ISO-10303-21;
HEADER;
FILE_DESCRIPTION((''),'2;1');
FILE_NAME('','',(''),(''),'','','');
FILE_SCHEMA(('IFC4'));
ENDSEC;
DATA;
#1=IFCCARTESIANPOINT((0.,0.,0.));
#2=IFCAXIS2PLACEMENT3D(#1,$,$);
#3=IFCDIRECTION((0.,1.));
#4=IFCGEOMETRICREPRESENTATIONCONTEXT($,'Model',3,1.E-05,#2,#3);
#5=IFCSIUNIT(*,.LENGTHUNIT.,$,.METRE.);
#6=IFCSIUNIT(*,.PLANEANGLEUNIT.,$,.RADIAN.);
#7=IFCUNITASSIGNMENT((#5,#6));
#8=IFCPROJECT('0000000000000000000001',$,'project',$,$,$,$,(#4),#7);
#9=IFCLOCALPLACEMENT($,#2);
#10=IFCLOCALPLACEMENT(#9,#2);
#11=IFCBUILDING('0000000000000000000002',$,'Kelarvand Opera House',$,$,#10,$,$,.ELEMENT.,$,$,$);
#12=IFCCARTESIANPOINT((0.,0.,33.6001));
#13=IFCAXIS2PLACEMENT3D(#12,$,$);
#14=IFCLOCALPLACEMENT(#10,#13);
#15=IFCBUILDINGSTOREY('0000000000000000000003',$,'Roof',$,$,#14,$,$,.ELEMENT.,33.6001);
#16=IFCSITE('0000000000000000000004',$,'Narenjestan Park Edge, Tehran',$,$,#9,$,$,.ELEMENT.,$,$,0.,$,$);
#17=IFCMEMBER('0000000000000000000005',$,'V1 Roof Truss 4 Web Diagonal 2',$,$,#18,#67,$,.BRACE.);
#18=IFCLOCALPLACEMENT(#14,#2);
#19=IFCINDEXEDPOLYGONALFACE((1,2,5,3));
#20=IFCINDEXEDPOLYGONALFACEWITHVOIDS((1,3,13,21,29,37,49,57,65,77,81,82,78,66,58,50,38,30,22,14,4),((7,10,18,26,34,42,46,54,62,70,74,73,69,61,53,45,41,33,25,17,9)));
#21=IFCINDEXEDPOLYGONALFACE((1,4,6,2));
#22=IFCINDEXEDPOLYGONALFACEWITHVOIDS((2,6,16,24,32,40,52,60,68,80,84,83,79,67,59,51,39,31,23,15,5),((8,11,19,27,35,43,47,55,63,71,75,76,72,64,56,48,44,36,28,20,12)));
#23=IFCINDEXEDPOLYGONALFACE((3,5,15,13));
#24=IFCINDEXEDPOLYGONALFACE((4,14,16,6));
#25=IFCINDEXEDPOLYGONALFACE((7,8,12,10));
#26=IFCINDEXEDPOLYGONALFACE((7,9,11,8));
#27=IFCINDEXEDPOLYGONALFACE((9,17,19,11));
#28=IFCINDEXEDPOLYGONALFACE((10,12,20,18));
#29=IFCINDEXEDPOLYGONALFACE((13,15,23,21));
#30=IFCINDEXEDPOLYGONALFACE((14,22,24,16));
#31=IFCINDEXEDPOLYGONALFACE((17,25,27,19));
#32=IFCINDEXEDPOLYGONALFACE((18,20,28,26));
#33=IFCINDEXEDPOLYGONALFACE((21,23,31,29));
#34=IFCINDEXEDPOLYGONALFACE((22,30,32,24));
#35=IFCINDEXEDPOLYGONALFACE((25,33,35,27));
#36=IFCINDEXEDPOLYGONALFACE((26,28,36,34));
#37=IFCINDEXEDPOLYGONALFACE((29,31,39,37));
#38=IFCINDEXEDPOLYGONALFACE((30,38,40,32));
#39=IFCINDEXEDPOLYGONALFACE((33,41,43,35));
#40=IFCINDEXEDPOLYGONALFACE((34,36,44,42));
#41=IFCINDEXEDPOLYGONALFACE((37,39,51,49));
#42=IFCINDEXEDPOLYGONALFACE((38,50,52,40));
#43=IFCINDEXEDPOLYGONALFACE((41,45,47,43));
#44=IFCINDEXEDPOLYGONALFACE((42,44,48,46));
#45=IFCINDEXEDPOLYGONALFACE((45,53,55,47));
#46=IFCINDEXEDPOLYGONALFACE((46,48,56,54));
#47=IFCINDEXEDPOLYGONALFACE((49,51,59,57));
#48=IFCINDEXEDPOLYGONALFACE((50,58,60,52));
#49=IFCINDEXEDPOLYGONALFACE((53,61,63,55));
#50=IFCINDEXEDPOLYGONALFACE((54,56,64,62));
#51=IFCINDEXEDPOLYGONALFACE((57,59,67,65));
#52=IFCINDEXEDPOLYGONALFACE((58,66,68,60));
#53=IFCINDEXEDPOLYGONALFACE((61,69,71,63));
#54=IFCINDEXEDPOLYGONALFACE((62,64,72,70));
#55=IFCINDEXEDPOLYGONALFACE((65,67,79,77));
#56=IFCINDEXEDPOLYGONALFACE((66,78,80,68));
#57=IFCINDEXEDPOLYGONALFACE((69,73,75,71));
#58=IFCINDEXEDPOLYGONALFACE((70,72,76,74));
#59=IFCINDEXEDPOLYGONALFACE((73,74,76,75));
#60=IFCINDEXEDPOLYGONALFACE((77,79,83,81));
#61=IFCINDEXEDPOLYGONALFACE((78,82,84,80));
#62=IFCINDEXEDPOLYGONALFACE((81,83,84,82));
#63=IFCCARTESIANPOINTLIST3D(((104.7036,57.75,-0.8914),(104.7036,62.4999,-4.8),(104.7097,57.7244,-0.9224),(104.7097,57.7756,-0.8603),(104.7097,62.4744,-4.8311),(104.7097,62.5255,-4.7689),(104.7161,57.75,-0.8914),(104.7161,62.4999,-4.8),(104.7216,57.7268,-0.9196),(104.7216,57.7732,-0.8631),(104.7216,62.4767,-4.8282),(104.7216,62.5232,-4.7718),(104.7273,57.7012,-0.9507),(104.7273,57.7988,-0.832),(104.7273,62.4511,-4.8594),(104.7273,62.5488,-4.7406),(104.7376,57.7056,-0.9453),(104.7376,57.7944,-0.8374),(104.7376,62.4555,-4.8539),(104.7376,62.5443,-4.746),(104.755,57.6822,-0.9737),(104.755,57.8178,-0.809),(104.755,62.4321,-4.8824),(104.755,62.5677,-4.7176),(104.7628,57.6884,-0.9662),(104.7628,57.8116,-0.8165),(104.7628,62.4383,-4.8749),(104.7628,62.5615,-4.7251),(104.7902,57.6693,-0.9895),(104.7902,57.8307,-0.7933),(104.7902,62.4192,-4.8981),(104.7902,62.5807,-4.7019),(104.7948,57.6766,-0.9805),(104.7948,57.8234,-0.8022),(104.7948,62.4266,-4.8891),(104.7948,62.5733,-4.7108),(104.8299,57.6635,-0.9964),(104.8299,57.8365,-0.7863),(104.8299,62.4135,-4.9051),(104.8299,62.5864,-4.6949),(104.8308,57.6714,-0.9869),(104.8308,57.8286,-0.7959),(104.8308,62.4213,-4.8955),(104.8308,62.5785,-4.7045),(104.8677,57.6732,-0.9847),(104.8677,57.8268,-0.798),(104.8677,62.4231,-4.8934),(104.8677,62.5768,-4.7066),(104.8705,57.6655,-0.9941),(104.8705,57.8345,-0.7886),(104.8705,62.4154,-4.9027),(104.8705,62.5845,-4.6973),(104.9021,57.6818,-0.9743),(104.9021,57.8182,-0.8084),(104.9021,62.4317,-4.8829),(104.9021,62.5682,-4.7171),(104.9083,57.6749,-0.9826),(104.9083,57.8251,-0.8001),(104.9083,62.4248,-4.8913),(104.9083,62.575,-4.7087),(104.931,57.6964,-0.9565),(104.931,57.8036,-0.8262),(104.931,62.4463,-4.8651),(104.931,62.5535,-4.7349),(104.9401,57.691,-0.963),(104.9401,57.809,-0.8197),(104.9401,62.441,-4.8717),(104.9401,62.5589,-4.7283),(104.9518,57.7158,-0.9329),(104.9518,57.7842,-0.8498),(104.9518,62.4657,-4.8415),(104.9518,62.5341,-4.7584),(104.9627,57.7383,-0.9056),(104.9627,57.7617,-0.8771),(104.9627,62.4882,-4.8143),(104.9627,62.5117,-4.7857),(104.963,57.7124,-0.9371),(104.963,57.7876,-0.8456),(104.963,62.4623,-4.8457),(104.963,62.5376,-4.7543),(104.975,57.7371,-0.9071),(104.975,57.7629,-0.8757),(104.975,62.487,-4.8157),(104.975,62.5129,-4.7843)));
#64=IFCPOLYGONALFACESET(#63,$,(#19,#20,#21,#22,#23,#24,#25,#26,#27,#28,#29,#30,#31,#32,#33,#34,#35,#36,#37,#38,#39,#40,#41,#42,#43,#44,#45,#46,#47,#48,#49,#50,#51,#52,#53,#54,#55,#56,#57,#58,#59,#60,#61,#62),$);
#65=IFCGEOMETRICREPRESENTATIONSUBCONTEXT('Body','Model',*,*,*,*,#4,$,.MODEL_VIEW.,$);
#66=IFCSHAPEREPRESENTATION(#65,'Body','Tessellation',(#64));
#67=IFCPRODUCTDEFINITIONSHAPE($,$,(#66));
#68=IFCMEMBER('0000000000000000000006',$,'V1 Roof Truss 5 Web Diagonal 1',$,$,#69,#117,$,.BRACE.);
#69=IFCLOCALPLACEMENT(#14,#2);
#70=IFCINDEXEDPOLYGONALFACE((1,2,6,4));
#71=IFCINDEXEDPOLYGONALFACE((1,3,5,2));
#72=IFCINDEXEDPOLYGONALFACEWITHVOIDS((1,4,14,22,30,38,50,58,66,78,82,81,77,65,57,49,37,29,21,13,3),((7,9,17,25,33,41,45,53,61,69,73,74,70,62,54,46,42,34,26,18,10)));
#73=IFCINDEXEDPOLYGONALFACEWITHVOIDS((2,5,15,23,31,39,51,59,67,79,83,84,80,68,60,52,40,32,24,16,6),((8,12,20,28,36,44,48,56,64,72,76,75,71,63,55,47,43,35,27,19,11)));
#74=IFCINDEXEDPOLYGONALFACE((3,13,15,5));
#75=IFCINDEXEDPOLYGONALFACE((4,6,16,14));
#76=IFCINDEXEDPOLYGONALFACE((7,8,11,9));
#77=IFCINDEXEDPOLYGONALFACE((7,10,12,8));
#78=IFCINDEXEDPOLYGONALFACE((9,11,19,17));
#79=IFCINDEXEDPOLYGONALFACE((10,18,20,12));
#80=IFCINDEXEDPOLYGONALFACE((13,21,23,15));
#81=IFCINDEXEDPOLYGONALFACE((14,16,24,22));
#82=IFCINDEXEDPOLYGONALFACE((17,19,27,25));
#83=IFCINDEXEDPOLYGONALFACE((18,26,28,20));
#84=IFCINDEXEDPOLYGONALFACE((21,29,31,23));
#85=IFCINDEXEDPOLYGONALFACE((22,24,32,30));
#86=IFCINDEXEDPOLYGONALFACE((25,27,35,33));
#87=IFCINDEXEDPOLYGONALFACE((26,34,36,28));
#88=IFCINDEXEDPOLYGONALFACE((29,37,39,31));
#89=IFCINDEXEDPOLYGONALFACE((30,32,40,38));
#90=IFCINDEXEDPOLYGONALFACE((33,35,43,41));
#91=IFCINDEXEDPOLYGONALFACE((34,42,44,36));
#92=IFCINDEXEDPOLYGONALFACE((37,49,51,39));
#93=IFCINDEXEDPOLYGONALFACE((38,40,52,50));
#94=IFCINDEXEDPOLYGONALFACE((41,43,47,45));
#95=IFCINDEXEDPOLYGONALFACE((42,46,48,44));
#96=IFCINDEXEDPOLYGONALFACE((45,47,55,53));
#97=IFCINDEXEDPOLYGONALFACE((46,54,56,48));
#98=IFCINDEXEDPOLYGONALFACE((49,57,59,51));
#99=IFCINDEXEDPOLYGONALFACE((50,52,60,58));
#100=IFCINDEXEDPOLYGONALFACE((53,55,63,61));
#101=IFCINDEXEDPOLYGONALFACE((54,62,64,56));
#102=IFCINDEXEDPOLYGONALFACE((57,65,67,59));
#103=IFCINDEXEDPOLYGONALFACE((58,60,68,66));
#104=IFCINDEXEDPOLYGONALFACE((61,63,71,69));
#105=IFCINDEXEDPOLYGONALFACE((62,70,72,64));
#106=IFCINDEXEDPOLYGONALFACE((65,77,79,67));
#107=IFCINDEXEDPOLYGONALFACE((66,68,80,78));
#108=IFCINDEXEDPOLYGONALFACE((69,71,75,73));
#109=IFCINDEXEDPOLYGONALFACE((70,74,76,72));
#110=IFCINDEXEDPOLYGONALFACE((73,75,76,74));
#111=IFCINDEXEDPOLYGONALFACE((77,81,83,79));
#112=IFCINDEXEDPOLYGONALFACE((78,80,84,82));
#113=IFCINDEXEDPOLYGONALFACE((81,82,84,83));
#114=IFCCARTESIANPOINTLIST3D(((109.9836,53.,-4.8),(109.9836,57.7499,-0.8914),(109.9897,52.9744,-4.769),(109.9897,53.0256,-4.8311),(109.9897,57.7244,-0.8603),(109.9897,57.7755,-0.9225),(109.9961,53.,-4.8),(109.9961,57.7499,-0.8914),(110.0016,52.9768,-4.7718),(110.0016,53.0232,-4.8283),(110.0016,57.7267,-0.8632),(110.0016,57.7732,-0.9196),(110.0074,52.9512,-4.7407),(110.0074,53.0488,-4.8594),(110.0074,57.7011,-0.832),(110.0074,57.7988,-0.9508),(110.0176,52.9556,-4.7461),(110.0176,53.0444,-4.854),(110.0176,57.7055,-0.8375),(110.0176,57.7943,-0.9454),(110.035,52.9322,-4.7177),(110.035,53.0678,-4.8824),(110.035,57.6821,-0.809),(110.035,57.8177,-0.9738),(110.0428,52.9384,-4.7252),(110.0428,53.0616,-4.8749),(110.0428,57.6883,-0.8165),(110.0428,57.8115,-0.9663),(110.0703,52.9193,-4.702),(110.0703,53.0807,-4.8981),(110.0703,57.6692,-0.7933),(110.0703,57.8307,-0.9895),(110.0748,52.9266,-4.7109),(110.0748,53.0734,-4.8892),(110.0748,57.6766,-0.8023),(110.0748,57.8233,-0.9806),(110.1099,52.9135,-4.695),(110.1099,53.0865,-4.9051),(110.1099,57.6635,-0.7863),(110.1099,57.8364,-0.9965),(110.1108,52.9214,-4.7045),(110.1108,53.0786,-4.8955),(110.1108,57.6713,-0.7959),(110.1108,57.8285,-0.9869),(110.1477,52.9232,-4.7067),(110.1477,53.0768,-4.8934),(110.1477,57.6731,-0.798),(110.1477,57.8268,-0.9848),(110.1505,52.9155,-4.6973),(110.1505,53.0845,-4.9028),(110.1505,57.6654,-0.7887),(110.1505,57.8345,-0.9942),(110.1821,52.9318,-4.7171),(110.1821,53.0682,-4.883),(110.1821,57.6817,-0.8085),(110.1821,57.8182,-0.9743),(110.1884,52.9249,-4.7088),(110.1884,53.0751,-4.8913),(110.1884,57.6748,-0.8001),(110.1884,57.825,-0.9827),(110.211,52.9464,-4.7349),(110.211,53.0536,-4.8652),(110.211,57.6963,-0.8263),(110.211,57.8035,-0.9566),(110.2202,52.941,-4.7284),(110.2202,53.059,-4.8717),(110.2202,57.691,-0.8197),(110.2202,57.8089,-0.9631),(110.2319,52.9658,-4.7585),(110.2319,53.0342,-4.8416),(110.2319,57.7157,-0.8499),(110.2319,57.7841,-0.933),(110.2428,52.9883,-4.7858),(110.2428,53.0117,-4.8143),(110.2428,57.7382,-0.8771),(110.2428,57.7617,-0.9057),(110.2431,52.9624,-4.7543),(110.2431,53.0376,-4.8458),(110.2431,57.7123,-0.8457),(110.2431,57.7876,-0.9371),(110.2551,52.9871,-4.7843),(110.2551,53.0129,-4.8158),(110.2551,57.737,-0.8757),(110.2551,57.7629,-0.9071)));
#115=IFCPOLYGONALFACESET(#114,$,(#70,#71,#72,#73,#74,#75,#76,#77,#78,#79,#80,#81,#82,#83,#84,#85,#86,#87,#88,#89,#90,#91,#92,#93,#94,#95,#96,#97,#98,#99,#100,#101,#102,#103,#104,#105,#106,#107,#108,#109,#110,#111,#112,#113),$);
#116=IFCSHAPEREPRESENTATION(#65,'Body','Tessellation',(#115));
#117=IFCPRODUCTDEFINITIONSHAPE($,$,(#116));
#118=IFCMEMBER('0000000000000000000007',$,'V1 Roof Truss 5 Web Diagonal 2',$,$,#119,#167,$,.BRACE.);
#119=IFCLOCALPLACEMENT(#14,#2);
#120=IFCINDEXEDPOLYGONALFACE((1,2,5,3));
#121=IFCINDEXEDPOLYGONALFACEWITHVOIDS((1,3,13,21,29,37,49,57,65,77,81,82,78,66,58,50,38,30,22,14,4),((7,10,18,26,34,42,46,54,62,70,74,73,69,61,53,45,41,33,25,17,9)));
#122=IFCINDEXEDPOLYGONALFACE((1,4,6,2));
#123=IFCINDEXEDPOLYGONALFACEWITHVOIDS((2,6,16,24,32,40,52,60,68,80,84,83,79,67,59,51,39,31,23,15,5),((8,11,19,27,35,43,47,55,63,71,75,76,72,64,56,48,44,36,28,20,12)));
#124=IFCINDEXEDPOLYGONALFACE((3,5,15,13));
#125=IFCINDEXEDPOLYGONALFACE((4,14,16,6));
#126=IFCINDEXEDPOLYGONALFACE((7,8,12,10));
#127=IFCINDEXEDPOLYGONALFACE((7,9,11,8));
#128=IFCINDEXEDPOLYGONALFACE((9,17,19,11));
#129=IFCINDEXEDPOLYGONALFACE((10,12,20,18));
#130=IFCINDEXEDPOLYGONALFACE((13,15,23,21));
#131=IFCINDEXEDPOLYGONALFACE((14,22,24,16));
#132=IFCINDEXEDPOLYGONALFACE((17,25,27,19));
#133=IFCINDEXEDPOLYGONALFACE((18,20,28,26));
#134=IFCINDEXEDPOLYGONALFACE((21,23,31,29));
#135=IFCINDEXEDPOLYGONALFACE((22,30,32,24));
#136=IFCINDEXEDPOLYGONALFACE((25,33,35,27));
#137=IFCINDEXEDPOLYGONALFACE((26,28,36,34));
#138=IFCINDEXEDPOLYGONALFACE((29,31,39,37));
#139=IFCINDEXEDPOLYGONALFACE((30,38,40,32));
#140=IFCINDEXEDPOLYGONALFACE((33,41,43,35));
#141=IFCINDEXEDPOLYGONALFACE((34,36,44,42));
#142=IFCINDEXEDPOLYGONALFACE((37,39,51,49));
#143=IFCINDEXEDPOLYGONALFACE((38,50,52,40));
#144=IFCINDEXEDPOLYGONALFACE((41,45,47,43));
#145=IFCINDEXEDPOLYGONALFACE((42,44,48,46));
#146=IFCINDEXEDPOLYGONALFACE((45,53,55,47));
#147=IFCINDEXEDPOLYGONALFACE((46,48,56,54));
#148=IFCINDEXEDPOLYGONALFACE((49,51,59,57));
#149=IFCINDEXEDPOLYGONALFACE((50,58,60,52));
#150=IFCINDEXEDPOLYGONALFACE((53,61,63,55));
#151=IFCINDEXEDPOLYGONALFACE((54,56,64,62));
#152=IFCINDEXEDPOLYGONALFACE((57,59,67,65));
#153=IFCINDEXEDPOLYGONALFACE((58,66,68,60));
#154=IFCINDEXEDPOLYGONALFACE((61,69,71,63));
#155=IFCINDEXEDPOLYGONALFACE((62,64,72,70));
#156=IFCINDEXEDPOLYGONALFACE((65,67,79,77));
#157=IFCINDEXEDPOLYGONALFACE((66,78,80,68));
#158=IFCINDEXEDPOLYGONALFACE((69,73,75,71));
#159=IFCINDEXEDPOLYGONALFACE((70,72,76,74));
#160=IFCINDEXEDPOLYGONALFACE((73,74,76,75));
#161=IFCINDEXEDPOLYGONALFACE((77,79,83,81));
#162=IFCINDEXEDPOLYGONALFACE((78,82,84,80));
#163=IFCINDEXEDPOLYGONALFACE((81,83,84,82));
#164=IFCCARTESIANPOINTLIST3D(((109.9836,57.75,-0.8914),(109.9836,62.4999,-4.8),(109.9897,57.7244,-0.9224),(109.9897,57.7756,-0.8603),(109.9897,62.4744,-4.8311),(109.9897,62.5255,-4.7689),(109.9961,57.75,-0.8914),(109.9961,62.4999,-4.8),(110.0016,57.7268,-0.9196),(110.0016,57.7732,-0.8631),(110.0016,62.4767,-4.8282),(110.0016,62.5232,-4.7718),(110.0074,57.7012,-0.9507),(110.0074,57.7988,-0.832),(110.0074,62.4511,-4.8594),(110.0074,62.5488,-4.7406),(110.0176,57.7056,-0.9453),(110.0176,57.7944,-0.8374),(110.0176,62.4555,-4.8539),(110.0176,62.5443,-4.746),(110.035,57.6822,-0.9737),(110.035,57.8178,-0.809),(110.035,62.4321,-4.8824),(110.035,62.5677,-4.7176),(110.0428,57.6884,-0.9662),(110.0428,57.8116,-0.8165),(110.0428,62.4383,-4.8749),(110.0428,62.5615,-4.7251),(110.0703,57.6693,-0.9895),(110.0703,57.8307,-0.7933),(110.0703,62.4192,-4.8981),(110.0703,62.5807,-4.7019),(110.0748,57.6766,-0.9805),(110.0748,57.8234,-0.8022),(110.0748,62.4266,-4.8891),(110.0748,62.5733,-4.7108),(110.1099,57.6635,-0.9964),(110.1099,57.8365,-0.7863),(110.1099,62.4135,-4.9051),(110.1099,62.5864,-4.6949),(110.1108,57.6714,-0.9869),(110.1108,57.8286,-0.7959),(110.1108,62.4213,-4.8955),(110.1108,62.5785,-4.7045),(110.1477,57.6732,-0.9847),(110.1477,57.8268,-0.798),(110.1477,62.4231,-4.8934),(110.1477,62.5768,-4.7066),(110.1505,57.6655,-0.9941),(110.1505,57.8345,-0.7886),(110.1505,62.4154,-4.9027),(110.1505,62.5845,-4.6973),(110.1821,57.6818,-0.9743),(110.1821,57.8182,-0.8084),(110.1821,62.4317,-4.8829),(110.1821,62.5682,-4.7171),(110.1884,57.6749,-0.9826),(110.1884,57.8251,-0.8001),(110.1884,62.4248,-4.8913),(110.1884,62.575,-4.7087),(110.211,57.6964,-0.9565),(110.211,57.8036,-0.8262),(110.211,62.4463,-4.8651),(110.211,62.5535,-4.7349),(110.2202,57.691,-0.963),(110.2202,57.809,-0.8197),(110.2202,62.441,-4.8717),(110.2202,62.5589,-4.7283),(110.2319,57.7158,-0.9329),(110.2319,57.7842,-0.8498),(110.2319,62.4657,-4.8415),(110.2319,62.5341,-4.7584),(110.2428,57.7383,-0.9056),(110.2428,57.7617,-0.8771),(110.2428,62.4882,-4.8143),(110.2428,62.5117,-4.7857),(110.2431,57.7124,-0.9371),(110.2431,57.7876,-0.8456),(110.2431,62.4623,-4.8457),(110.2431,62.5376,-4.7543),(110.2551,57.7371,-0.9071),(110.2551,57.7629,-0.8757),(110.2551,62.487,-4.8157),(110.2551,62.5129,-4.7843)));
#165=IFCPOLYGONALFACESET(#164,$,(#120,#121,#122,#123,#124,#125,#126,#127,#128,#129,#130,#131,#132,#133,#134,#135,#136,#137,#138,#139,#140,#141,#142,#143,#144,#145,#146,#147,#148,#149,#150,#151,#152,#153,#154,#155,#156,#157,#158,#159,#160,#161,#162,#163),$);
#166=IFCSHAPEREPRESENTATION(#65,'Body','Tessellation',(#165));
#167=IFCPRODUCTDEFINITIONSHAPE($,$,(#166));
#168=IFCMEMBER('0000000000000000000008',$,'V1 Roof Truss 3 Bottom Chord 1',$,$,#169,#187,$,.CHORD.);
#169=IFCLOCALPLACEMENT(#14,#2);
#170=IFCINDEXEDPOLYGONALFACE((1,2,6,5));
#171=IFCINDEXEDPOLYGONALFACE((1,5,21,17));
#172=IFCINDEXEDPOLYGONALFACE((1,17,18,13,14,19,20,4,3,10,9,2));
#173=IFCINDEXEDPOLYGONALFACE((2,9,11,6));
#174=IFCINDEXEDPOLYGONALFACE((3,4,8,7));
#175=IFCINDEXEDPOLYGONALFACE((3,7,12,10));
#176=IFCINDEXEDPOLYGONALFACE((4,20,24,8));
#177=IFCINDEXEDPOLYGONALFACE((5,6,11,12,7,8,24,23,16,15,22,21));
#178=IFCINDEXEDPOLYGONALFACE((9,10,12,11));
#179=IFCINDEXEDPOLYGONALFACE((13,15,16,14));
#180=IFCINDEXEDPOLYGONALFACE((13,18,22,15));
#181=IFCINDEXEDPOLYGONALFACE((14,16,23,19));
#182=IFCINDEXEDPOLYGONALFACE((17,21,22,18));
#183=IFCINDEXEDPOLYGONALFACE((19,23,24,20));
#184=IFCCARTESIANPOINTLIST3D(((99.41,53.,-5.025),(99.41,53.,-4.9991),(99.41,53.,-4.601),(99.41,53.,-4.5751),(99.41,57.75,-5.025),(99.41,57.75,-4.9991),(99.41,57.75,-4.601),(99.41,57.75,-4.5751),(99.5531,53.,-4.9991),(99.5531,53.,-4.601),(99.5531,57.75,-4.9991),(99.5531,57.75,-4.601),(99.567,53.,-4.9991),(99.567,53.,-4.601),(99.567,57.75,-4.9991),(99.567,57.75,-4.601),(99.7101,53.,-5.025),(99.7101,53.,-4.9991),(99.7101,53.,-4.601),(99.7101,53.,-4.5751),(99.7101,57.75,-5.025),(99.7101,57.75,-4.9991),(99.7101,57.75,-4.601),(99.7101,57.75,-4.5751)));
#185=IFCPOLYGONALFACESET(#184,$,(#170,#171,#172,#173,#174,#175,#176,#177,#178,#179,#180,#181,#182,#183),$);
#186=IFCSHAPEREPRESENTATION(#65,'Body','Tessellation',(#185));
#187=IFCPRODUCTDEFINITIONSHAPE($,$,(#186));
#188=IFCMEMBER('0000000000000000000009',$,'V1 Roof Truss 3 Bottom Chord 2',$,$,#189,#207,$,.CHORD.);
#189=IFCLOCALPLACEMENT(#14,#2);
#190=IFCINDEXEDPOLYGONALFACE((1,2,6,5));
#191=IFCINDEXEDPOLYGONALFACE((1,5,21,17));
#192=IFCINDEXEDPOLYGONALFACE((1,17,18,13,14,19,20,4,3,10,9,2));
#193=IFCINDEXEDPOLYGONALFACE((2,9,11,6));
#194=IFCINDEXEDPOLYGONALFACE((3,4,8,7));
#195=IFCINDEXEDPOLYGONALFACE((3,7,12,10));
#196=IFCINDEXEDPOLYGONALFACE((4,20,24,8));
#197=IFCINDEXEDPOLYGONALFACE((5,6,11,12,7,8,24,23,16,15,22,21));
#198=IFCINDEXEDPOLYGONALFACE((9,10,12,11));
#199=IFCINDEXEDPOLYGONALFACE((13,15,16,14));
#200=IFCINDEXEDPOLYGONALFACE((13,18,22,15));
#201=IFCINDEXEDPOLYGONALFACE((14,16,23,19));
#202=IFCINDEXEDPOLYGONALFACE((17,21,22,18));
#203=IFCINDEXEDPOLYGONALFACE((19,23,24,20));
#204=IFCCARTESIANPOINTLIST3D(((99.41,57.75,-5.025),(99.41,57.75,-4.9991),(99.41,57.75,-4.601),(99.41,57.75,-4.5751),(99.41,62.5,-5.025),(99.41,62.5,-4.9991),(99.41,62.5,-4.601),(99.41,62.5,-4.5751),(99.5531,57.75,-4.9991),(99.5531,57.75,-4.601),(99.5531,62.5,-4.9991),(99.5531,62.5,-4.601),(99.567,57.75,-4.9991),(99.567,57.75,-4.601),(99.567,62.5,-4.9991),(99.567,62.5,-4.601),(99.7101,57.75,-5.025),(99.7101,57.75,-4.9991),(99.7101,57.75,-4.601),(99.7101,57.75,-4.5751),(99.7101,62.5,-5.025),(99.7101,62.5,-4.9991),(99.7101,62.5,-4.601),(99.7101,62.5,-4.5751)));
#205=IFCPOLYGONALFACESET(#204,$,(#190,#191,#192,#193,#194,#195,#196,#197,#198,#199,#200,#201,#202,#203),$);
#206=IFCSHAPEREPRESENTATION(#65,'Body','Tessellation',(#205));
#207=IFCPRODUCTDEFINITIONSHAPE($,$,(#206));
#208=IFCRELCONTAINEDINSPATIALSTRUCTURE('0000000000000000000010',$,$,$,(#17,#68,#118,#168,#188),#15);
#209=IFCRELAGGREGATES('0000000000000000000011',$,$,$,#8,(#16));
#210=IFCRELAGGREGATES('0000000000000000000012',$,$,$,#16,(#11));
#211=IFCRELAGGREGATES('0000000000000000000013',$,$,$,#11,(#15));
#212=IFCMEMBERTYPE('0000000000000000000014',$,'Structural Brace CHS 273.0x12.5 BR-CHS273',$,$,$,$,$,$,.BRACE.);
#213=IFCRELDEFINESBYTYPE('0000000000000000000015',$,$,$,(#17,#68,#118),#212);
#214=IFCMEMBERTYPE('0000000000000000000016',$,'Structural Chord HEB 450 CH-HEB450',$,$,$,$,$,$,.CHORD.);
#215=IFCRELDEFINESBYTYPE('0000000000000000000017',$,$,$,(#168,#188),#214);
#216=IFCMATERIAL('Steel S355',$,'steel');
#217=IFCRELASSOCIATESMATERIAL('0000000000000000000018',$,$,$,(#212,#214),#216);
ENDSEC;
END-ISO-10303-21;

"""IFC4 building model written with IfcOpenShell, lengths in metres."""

from ifc_helpers import new_model, si_unit, direction, frame, origin, origin_2d, place, context, subcontext, project, spatial, hollow_circle, i_section, extrude, material, material_profile, profile_set, type_object, element, save


model = new_model("IFC4")

# Units and contexts
model_context = context("Model", 3, precision=1e-05, world=origin(), true_north=direction((0.0, 1.0)))
body_context = subcontext(model_context, "Body", "Model", "MODEL_VIEW")
ifc_project = project(units=[si_unit("LENGTHUNIT", "METRE"), si_unit("PLANEANGLEUNIT", "RADIAN")], contexts=[model_context])

# Site, building, storey
site_placement = place(None, origin())
site = spatial("IfcSite", under=ifc_project, at=site_placement, Name="Narenjestan Park Edge, Tehran", CompositionType="ELEMENT", RefElevation=0.0)
building_placement = place(site_placement, origin())
building = spatial("IfcBuilding", under=site, at=building_placement, Name="Kelarvand Opera House", CompositionType="ELEMENT")
storey_placement = place(building_placement, frame((0.0, 0.0, 33.6001)))
storey = spatial("IfcBuildingStorey", under=building, at=storey_placement, Name="Roof", CompositionType="ELEMENT", Elevation=33.6001)

# Members
ifc_material = material(Name="Steel S355", Category="steel")
ifc_material_profile_1 = material_profile(ifc_material, hollow_circle(Radius=0.1365, WallThickness=0.0125, at=origin_2d()), Name="CHS 273.0x12.5", Category="steel")
ifc_profile_set_1 = profile_set([ifc_material_profile_1], Name="Steel S355")
member_type_1 = type_object("IfcMemberType", Name="Structural Brace CHS 273.0x12.5 BR-CHS273", PredefinedType="BRACE", material=ifc_profile_set_1)
for number, where, z_axis, x_axis, name in (
    (1, (104.8401, 57.75, -0.8914), (0.0, 0.772175, -0.63541), (-1.0, 0.0, 0.0), "V1 Roof Truss 4 Web Diagonal 2"),
    (2, (110.1201, 53.0, -4.8), (0.0, 0.772175, 0.63541), (-1.0, 0.0, 0.0), "V1 Roof Truss 5 Web Diagonal 1"),
    (3, (110.1201, 57.75, -0.8914), (0.0, 0.772175, -0.63541), (-1.0, 0.0, 0.0), "V1 Roof Truss 5 Web Diagonal 2"),
):
    element("IfcMember", number, at=place(storey_placement, frame(where, z_axis=z_axis, x_axis=x_axis)), inside=storey, type_object=member_type_1, Name=name, PredefinedType="BRACE", context=body_context, shape_type="SweptSolid", body=[
        extrude(hollow_circle(Radius=0.1365, WallThickness=0.0125, at=origin_2d()), origin(), (0.0, 0.0, 1.0), 6.1514),
    ])
ifc_material_profile_2 = material_profile(ifc_material, i_section(OverallWidth=0.3, OverallDepth=0.45, WebThickness=0.0139, FlangeThickness=0.0259, at=origin_2d()), Name="HEB 450", Category="steel")
ifc_profile_set_2 = profile_set([ifc_material_profile_2], Name="Steel S355")
member_type_2 = type_object("IfcMemberType", Name="Structural Chord HEB 450 CH-HEB450", PredefinedType="CHORD", material=ifc_profile_set_2)
for number, where, z_axis, x_axis, name in (
    (4, (99.5601, 53.0, -4.8), (0.0, 1.0, 0.0), (-1.0, 0.0, 0.0), "V1 Roof Truss 3 Bottom Chord 1"),
    (5, (99.5601, 57.75, -4.8), (0.0, 1.0, 0.0), (-1.0, 0.0, 0.0), "V1 Roof Truss 3 Bottom Chord 2"),
):
    element("IfcMember", number, at=place(storey_placement, frame(where, z_axis=z_axis, x_axis=x_axis)), inside=storey, type_object=member_type_2, Name=name, PredefinedType="CHORD", context=body_context, shape_type="SweptSolid", body=[
        extrude(i_section(OverallWidth=0.3, OverallDepth=0.45, WebThickness=0.0139, FlangeThickness=0.0259, at=origin_2d()), origin(), (0.0, 0.0, 1.0), 4.75),
    ])

save(model, "model.ifc")
